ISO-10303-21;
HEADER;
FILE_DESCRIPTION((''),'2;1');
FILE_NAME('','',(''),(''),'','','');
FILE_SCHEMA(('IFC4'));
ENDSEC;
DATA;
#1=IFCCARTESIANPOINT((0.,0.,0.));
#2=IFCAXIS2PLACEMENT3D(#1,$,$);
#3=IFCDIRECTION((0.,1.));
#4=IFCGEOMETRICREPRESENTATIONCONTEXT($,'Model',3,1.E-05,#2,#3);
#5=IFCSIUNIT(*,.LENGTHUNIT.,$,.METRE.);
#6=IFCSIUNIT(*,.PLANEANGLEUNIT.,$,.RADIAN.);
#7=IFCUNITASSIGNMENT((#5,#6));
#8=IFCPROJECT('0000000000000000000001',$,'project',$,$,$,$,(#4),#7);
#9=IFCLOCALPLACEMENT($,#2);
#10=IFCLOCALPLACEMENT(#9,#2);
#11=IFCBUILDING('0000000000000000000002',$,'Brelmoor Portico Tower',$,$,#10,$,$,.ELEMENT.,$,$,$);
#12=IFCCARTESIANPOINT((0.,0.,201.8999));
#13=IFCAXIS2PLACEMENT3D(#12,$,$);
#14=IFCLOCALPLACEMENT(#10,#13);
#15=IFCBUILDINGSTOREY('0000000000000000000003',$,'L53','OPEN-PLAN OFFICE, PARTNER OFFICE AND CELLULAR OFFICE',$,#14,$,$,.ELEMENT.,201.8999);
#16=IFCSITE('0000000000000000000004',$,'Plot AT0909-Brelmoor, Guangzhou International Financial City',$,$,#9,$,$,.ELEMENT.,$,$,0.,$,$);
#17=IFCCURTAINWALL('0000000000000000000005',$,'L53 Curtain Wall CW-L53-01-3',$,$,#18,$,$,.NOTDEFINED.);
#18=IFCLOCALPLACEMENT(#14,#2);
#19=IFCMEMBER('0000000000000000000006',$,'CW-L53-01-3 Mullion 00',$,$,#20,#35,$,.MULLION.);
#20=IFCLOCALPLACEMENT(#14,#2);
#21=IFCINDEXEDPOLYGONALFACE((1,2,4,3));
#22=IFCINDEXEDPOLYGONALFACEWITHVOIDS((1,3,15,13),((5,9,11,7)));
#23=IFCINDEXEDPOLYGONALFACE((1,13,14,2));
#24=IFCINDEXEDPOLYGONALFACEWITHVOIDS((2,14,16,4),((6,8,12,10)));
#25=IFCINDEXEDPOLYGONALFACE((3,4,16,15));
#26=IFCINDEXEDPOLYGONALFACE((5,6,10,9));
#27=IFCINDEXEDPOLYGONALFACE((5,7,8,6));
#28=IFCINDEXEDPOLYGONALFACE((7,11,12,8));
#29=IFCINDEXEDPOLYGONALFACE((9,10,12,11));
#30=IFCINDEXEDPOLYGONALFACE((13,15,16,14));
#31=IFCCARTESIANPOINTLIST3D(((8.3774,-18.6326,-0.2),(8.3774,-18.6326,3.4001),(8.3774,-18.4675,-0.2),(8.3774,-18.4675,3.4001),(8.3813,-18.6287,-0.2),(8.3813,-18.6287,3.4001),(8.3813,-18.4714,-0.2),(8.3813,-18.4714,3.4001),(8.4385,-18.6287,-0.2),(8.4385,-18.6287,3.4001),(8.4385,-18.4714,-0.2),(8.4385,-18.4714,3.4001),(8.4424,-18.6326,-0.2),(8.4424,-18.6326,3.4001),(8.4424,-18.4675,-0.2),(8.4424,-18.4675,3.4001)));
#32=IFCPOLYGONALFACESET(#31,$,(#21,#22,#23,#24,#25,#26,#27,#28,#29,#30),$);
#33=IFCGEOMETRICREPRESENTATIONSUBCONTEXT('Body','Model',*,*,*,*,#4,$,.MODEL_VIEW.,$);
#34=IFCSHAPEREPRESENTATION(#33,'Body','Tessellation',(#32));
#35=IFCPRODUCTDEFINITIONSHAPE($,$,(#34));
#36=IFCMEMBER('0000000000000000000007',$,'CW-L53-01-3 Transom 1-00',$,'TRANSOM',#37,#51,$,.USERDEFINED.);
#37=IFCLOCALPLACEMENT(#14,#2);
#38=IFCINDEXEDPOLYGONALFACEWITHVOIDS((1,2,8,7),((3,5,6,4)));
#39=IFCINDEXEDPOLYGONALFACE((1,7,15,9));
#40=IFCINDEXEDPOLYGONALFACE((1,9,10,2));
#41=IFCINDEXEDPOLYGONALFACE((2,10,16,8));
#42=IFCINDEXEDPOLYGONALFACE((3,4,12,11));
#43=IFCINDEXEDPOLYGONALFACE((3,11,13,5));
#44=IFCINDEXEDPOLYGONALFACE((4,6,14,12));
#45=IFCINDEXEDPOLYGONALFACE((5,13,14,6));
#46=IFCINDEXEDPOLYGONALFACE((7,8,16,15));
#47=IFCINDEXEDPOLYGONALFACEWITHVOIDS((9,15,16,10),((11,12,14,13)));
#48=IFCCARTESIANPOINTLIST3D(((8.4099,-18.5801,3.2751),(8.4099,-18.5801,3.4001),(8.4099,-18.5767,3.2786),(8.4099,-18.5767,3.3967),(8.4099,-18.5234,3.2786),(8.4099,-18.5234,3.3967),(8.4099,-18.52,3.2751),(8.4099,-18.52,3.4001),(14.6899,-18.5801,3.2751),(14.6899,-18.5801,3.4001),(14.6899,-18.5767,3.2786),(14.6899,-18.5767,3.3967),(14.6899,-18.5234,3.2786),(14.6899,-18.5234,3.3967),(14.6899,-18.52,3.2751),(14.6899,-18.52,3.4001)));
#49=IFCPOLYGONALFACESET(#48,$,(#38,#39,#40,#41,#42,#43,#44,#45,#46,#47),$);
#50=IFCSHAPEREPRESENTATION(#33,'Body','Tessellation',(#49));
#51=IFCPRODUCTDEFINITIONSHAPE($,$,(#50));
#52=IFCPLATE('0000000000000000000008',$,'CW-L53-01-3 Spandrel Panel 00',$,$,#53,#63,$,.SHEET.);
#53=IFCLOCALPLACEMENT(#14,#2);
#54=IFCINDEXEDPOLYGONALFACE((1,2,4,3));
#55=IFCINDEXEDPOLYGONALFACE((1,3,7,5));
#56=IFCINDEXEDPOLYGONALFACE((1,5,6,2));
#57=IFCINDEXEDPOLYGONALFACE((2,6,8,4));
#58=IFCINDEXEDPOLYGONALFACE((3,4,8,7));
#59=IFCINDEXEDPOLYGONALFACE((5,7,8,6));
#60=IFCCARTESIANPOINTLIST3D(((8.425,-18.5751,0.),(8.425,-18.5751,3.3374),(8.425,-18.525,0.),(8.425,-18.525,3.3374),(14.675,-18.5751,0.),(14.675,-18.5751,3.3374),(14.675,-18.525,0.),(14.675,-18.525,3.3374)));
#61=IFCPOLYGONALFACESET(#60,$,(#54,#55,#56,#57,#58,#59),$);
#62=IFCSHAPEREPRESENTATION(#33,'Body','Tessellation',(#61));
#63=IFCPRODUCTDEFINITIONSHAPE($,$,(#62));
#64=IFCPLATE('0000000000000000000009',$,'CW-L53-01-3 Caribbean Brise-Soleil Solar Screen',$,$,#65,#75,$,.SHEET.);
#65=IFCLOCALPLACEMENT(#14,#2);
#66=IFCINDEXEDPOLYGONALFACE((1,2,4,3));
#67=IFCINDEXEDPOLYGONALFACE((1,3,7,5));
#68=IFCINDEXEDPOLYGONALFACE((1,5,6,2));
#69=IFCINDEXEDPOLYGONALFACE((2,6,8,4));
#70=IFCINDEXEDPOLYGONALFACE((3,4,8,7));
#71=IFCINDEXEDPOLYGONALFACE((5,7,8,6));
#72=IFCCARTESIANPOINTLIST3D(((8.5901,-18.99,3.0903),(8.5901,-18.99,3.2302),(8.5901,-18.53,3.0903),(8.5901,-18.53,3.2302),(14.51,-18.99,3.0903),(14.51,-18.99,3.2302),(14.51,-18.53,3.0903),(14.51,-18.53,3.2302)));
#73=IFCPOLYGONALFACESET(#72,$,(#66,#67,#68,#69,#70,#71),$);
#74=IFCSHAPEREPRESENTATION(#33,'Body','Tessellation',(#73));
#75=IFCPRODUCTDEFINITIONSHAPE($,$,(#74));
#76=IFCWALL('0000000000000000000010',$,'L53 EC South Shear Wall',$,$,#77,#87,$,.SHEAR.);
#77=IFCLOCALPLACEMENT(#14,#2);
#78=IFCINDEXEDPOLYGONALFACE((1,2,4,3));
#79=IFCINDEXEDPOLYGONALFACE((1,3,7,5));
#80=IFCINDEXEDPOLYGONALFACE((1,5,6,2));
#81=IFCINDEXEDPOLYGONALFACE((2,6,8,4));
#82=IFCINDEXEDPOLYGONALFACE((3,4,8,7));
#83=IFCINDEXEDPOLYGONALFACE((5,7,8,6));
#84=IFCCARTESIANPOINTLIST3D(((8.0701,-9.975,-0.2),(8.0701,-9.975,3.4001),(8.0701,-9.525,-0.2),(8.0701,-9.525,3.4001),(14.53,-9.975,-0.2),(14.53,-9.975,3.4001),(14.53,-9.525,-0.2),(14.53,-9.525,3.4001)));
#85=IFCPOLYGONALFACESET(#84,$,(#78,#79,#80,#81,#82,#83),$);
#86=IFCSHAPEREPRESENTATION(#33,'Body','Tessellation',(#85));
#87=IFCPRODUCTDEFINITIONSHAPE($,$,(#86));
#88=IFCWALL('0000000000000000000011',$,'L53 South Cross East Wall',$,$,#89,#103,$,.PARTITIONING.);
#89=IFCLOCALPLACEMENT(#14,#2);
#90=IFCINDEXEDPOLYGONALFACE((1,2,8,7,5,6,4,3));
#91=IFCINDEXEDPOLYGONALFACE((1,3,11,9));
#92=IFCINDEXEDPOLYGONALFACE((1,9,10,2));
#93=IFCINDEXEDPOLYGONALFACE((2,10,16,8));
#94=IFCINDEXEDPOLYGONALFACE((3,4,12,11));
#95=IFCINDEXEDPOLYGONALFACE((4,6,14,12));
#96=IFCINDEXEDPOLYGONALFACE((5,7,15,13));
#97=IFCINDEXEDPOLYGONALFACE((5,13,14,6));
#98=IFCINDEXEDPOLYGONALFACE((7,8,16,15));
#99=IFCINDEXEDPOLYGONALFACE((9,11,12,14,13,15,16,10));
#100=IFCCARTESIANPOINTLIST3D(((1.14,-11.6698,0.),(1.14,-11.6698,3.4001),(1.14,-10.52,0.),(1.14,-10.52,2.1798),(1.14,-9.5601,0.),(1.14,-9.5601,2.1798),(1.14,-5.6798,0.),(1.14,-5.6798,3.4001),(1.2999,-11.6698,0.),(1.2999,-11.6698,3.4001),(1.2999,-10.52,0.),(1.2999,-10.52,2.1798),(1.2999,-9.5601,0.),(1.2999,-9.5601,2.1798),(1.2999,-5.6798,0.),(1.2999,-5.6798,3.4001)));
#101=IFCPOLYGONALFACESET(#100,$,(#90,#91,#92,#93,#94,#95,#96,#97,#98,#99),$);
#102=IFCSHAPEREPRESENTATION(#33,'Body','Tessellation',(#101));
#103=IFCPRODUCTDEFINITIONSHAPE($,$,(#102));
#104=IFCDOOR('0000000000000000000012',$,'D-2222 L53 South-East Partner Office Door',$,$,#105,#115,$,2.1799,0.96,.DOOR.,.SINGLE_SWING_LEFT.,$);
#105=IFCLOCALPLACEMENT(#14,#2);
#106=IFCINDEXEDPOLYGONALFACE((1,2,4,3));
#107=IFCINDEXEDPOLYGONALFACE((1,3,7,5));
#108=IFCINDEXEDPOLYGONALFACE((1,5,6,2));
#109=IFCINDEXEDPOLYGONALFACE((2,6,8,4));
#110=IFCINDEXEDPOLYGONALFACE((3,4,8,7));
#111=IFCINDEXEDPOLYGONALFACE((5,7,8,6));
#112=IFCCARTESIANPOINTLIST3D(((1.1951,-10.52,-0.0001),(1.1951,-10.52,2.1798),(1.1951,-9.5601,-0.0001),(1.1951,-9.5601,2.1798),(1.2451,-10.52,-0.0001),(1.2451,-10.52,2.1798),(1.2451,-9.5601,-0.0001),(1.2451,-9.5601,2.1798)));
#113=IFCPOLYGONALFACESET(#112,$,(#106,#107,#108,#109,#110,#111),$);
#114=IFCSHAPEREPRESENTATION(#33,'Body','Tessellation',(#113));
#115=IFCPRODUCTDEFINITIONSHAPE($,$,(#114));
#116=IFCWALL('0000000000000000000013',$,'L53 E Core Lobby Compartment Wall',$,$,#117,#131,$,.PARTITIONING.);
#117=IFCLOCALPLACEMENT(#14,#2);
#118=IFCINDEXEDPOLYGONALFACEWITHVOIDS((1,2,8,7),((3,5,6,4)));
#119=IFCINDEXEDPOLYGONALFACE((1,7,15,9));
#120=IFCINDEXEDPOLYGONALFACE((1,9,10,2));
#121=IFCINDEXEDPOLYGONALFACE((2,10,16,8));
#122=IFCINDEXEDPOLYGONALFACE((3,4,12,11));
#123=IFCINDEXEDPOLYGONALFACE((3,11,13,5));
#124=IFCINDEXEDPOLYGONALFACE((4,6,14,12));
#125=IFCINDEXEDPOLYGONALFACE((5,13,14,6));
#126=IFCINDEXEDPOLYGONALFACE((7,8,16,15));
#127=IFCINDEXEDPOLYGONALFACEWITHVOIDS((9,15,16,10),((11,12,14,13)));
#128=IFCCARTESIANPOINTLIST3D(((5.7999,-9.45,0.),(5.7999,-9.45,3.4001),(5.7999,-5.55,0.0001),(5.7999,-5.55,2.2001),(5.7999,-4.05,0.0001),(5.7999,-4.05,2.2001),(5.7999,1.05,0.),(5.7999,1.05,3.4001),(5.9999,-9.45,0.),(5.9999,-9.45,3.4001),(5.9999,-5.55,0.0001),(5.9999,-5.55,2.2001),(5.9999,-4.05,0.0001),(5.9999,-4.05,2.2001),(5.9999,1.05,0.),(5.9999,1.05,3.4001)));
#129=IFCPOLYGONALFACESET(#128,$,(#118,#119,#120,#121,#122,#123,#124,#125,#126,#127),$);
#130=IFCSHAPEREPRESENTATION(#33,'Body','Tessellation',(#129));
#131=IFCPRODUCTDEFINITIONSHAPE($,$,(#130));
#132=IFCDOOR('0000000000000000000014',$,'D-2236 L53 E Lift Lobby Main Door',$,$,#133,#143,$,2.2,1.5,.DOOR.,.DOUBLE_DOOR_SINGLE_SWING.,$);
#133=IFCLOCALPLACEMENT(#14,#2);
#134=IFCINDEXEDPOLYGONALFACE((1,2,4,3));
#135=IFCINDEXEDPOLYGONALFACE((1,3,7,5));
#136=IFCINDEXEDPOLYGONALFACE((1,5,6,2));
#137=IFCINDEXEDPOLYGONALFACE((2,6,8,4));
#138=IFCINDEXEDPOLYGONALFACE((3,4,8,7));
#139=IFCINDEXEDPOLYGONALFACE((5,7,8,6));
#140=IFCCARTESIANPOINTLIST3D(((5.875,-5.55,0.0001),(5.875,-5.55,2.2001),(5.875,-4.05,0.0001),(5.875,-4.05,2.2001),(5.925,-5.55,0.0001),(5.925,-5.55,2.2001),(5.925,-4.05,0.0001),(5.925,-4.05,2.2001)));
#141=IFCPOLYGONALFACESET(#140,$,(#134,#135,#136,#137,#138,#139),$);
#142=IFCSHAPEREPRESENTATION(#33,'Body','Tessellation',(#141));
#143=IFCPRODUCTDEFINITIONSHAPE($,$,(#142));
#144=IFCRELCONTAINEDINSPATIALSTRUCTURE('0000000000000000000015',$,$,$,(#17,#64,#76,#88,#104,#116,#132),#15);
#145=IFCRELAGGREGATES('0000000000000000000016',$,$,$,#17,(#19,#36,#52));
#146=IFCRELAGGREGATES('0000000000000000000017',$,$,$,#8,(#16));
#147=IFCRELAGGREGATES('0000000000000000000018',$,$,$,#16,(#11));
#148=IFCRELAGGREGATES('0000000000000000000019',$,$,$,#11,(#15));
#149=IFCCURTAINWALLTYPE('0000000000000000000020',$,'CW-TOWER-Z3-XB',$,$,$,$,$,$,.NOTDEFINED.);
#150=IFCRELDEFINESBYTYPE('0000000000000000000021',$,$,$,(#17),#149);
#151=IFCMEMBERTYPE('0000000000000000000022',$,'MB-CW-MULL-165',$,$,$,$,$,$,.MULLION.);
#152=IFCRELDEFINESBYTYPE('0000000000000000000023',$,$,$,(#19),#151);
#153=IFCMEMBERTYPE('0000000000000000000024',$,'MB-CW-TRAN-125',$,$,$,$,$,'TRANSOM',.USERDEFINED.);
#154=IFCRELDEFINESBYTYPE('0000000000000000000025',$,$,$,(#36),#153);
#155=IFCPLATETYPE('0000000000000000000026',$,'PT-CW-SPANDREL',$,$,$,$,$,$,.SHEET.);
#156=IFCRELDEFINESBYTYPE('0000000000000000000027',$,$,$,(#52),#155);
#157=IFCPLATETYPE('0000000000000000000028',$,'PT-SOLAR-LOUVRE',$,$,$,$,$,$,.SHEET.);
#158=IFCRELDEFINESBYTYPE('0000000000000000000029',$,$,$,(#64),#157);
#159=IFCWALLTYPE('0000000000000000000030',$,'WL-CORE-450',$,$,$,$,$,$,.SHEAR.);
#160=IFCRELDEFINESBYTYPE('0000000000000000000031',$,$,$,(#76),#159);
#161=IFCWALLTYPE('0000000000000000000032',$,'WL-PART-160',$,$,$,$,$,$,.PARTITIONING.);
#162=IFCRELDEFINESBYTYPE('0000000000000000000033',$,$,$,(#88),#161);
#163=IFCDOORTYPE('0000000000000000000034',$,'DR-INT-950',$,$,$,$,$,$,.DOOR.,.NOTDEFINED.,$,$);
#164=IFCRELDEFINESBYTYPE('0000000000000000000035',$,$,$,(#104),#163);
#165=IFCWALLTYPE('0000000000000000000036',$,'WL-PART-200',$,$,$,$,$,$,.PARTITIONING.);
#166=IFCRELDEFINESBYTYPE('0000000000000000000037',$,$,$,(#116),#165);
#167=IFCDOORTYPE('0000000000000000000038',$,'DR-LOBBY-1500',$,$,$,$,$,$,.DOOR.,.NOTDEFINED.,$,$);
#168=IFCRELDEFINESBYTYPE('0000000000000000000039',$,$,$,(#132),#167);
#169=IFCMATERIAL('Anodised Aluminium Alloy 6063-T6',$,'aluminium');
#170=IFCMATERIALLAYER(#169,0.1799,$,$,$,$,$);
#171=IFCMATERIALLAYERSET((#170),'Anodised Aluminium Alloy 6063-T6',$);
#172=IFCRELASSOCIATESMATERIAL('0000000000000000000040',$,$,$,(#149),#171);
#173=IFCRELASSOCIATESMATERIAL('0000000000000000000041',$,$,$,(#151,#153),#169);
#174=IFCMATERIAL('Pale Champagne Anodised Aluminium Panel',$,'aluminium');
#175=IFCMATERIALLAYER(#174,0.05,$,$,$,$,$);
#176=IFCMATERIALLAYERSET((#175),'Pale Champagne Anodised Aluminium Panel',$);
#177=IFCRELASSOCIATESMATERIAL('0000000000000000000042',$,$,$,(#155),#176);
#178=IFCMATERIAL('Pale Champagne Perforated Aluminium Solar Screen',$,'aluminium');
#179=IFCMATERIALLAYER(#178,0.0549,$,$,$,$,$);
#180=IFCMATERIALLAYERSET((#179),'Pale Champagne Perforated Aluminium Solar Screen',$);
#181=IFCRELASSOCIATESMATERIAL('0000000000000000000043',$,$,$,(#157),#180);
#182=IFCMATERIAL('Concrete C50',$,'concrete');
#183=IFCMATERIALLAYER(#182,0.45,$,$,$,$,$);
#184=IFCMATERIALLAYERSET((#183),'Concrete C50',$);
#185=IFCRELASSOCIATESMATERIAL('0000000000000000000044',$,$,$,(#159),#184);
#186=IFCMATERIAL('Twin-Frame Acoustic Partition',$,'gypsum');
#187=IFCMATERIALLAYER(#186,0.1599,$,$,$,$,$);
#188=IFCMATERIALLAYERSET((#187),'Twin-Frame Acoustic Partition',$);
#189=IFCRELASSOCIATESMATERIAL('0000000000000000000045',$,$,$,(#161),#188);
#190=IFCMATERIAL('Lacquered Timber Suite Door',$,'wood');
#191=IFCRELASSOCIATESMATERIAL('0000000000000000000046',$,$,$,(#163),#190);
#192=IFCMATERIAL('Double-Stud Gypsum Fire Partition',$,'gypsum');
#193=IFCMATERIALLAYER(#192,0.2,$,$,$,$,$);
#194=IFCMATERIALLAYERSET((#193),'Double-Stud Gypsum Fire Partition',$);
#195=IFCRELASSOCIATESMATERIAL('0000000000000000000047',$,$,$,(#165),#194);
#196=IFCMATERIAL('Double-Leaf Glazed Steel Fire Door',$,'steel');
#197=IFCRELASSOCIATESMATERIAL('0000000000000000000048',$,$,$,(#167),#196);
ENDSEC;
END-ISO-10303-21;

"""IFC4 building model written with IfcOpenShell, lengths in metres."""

from ifc_helpers import new_model, si_unit, direction, frame, frame_2d, origin, origin_2d, place, context, subcontext, project, spatial, rectangle, hollow_rectangle, extrude, material, layer, layer_set, material_profile, profile_set, type_object, element, fill, aggregate, save


model = new_model("IFC4")

# Units and contexts
model_context = context("Model", 3, precision=1e-05, world=origin(), true_north=direction((0.0, 1.0)))
body_context = subcontext(model_context, "Body", "Model", "MODEL_VIEW")
ifc_project = project(units=[si_unit("LENGTHUNIT", "METRE"), si_unit("PLANEANGLEUNIT", "RADIAN")], contexts=[model_context])

# Site, building, storey
site_placement = place(None, origin())
site = spatial("IfcSite", under=ifc_project, at=site_placement, Name="Plot AT0909-Brelmoor, Guangzhou International Financial City", CompositionType="ELEMENT", RefElevation=0.0)
building_placement = place(site_placement, origin())
building = spatial("IfcBuilding", under=site, at=building_placement, Name="Brelmoor Portico Tower", CompositionType="ELEMENT")
storey_placement = place(building_placement, frame((0.0, 0.0, 201.8999)))
storey = spatial("IfcBuildingStorey", under=building, at=storey_placement, Name="L53", Description="OPEN-PLAN OFFICE, PARTNER OFFICE AND CELLULAR OFFICE", CompositionType="ELEMENT", Elevation=201.8999)

# Shared definitions
ifc_material_1 = material(Name="Anodised Aluminium Alloy 6063-T6", Category="aluminium")
ifc_layer_1 = layer(ifc_material_1, 0.1799)
ifc_layer_set_1 = layer_set([ifc_layer_1], Name="Anodised Aluminium Alloy 6063-T6")
curtain_wall_type = type_object("IfcCurtainWallType", Name="CW-TOWER-Z3-XB", PredefinedType="NOTDEFINED", material=ifc_layer_set_1)
ifc_material_profile_1 = material_profile(ifc_material_1, hollow_rectangle(XDim=0.0649, YDim=0.165, WallThickness=0.0039, at=origin_2d()), Name="ALU MULLION 65x165")
ifc_profile_set_1 = profile_set([ifc_material_profile_1], Name="Anodised Aluminium Alloy 6063-T6")
member_type_1 = type_object("IfcMemberType", Name="MB-CW-MULL-165", PredefinedType="MULLION", material=ifc_profile_set_1)

# Curtain wall, members, plate
curtain_wall_1_placement = place(storey_placement, origin())
curtain_wall_1 = element("IfcCurtainWall", 1, at=curtain_wall_1_placement, inside=storey, type_object=curtain_wall_type, Name="L53 Curtain Wall CW-L53-01-3", PredefinedType="NOTDEFINED")
member_1_placement = place(storey_placement, frame((8.4099, -18.55, -0.2), z_axis=(0.0, 0.0, 1.0), x_axis=(1.0, 0.0, 0.0)))
member_1 = element("IfcMember", 2, at=member_1_placement, type_object=member_type_1, Name="CW-L53-01-3 Mullion 00", PredefinedType="MULLION", context=body_context, shape_type="SweptSolid", body=[
    extrude(hollow_rectangle(XDim=0.0649, YDim=0.165, WallThickness=0.0039, at=origin_2d()), origin(), (0.0, 0.0, 1.0), 3.6001),
])
ifc_material_profile_2 = material_profile(ifc_material_1, hollow_rectangle(XDim=0.0601, YDim=0.125, WallThickness=0.0034, at=origin_2d()), Name="ALU TRANSOM 60x125")
ifc_profile_set_2 = profile_set([ifc_material_profile_2], Name="Anodised Aluminium Alloy 6063-T6")
member_type_2 = type_object("IfcMemberType", Name="MB-CW-TRAN-125", ElementType="TRANSOM", PredefinedType="USERDEFINED", material=ifc_profile_set_2)
member_2_placement = place(storey_placement, frame((8.4099, -18.55, 3.3376), z_axis=(1.0, 0.0, 0.0), x_axis=(0.0, 1.0, 0.0)))
member_2 = element("IfcMember", 3, at=member_2_placement, type_object=member_type_2, Name="CW-L53-01-3 Transom 1-00", ObjectType="TRANSOM", PredefinedType="USERDEFINED", context=body_context, shape_type="SweptSolid", body=[
    extrude(hollow_rectangle(XDim=0.0601, YDim=0.125, WallThickness=0.0034, at=origin_2d()), origin(), (0.0, 0.0, 1.0), 6.28),
])
ifc_material_2 = material(Name="Pale Champagne Anodised Aluminium Panel", Category="aluminium")
ifc_layer_2 = layer(ifc_material_2, 0.05)
ifc_layer_set_2 = layer_set([ifc_layer_2], Name="Pale Champagne Anodised Aluminium Panel")
plate_type_1 = type_object("IfcPlateType", Name="PT-CW-SPANDREL", PredefinedType="SHEET", material=ifc_layer_set_2)
plate_1_placement = place(storey_placement, frame((11.55, -18.55, 0.0), z_axis=(0.0, 0.0, 1.0), x_axis=(1.0, 0.0, 0.0)))
plate_1 = element("IfcPlate", 4, at=plate_1_placement, type_object=plate_type_1, Name="CW-L53-01-3 Spandrel Panel 00", PredefinedType="SHEET", context=body_context, shape_type="SweptSolid", body=[
    extrude(rectangle(XDim=6.25, YDim=0.05, at=origin_2d()), origin(), (0.0, 0.0, 1.0), 3.3374),
])
aggregate(curtain_wall_1, [member_1, member_2, plate_1])

# Plate
ifc_material_3 = material(Name="Pale Champagne Perforated Aluminium Solar Screen", Category="aluminium")
ifc_layer_3 = layer(ifc_material_3, 0.0549)
ifc_layer_set_3 = layer_set([ifc_layer_3], Name="Pale Champagne Perforated Aluminium Solar Screen")
plate_type_2 = type_object("IfcPlateType", Name="PT-SOLAR-LOUVRE", PredefinedType="SHEET", material=ifc_layer_set_3)
plate_2_placement = place(storey_placement, frame((11.55, -18.76, 3.0903), z_axis=(0.0, 0.0, 1.0), x_axis=(1.0, 0.0, 0.0)))
element("IfcPlate", 5, at=plate_2_placement, inside=storey, type_object=plate_type_2, Name="CW-L53-01-3 Caribbean Brise-Soleil Solar Screen", PredefinedType="SHEET", context=body_context, shape_type="SweptSolid", body=[
    extrude(rectangle(XDim=5.9199, YDim=0.46, at=origin_2d()), origin(), (0.0, 0.0, 1.0), 0.1399),
])

# Wall
ifc_material_4 = material(Name="Concrete C50", Category="concrete")
ifc_layer_4 = layer(ifc_material_4, 0.45)
ifc_layer_set_4 = layer_set([ifc_layer_4], Name="Concrete C50")
wall_type_1 = type_object("IfcWallType", Name="WL-CORE-450", PredefinedType="SHEAR", material=ifc_layer_set_4)
wall_1_placement = place(storey_placement, frame((8.0701, -9.75, -0.2), z_axis=(0.0, 0.0, 1.0), x_axis=(1.0, 0.0, 0.0)))
element("IfcWall", 6, at=wall_1_placement, inside=storey, type_object=wall_type_1, Name="L53 EC South Shear Wall", PredefinedType="SHEAR", context=body_context, shape_type="SweptSolid", body=[
    extrude(rectangle(XDim=6.46, YDim=0.45, at=frame_2d((3.23, 0.0))), origin(), (0.0, 0.0, 1.0), 3.6001),
])

# Walls, openings, doors
ifc_material_5 = material(Name="Twin-Frame Acoustic Partition", Category="gypsum")
ifc_layer_5 = layer(ifc_material_5, 0.1599)
ifc_layer_set_5 = layer_set([ifc_layer_5], Name="Twin-Frame Acoustic Partition")
wall_type_2 = type_object("IfcWallType", Name="WL-PART-160", PredefinedType="PARTITIONING", material=ifc_layer_set_5)
wall_2_placement = place(storey_placement, frame((1.22, -11.6699, 0.0), z_axis=(0.0, 0.0, 1.0), x_axis=(0.0, 1.0, 0.0)))
wall_2 = element("IfcWall", 7, at=wall_2_placement, inside=storey, type_object=wall_type_2, Name="L53 South Cross East Wall", PredefinedType="PARTITIONING", context=body_context, shape_type="SweptSolid", body=[
    extrude(rectangle(XDim=5.99, YDim=0.1599, at=frame_2d((2.9951, 0.0))), origin(), (0.0, 0.0, 1.0), 3.4001),
])
opening_1_placement = place(wall_2_placement, frame((1.1499, 0.0, 0.0)))
opening_1 = element("IfcOpeningElement", 8, at=opening_1_placement, cuts=wall_2, PredefinedType="OPENING", context=body_context, shape_type="SweptSolid", body=[
    extrude(rectangle(XDim=0.96, YDim=2.1799, at=frame_2d((0.48, 1.0898))), frame((0.0, 0.0898, 0.0), z_axis=(0.0, -1.0, 0.0), x_axis=(1.0, 0.0, 0.0)), (0.0, 0.0, 1.0), 0.1799),
])
ifc_material_6 = material(Name="Lacquered Timber Suite Door", Category="wood")
door_type_1 = type_object("IfcDoorType", Name="DR-INT-950", OperationType="NOTDEFINED", PredefinedType="DOOR", material=ifc_material_6)
door_1_placement = place(opening_1_placement, origin())
door_1 = element("IfcDoor", 9, at=door_1_placement, inside=storey, type_object=door_type_1, Name="D-2222 L53 South-East Partner Office Door", OperationType="SINGLE_SWING_LEFT", OverallHeight=2.1799, OverallWidth=0.96, PredefinedType="DOOR", context=body_context, shape_type="SweptSolid", body=[
    extrude(rectangle(XDim=0.96, YDim=2.1799, at=frame_2d((0.48, 1.0898))), frame((0.0, 0.0249, 0.0), z_axis=(0.0, -1.0, 0.0), x_axis=(1.0, 0.0, 0.0)), (0.0, 0.0, 1.0), 0.05),
])
fill(opening_1, door_1)
ifc_material_7 = material(Name="Double-Stud Gypsum Fire Partition", Category="gypsum")
ifc_layer_6 = layer(ifc_material_7, 0.2)
ifc_layer_set_6 = layer_set([ifc_layer_6], Name="Double-Stud Gypsum Fire Partition")
wall_type_3 = type_object("IfcWallType", Name="WL-PART-200", PredefinedType="PARTITIONING", material=ifc_layer_set_6)
wall_3_placement = place(storey_placement, frame((5.8999, -9.45, 0.0), z_axis=(0.0, 0.0, 1.0), x_axis=(0.0, 1.0, 0.0)))
wall_3 = element("IfcWall", 10, at=wall_3_placement, inside=storey, type_object=wall_type_3, Name="L53 E Core Lobby Compartment Wall", PredefinedType="PARTITIONING", context=body_context, shape_type="SweptSolid", body=[
    extrude(rectangle(XDim=10.5, YDim=0.2, at=frame_2d((5.25, 0.0))), origin(), (0.0, 0.0, 1.0), 3.4001),
])
opening_2_placement = place(wall_3_placement, frame((3.8999, 0.0, 0.0)))
opening_2 = element("IfcOpeningElement", 11, at=opening_2_placement, cuts=wall_3, PredefinedType="OPENING", context=body_context, shape_type="SweptSolid", body=[
    extrude(rectangle(XDim=1.5, YDim=2.2, at=frame_2d((0.75, 1.1001))), frame((0.0, 0.1099, 0.0), z_axis=(0.0, -1.0, 0.0), x_axis=(1.0, 0.0, 0.0)), (0.0, 0.0, 1.0), 0.22),
])
ifc_material_8 = material(Name="Double-Leaf Glazed Steel Fire Door", Category="steel")
door_type_2 = type_object("IfcDoorType", Name="DR-LOBBY-1500", OperationType="NOTDEFINED", PredefinedType="DOOR", material=ifc_material_8)
door_2_placement = place(opening_2_placement, origin())
door_2 = element("IfcDoor", 12, at=door_2_placement, inside=storey, type_object=door_type_2, Name="D-2236 L53 E Lift Lobby Main Door", OperationType="DOUBLE_DOOR_SINGLE_SWING", OverallHeight=2.2, OverallWidth=1.5, PredefinedType="DOOR", context=body_context, shape_type="SweptSolid", body=[
    extrude(rectangle(XDim=1.5, YDim=2.2, at=frame_2d((0.75, 1.1001))), frame((0.0, 0.0249, 0.0), z_axis=(0.0, -1.0, 0.0), x_axis=(1.0, 0.0, 0.0)), (0.0, 0.0, 1.0), 0.05),
])
fill(opening_2, door_2)

save(model, "model.ifc")
